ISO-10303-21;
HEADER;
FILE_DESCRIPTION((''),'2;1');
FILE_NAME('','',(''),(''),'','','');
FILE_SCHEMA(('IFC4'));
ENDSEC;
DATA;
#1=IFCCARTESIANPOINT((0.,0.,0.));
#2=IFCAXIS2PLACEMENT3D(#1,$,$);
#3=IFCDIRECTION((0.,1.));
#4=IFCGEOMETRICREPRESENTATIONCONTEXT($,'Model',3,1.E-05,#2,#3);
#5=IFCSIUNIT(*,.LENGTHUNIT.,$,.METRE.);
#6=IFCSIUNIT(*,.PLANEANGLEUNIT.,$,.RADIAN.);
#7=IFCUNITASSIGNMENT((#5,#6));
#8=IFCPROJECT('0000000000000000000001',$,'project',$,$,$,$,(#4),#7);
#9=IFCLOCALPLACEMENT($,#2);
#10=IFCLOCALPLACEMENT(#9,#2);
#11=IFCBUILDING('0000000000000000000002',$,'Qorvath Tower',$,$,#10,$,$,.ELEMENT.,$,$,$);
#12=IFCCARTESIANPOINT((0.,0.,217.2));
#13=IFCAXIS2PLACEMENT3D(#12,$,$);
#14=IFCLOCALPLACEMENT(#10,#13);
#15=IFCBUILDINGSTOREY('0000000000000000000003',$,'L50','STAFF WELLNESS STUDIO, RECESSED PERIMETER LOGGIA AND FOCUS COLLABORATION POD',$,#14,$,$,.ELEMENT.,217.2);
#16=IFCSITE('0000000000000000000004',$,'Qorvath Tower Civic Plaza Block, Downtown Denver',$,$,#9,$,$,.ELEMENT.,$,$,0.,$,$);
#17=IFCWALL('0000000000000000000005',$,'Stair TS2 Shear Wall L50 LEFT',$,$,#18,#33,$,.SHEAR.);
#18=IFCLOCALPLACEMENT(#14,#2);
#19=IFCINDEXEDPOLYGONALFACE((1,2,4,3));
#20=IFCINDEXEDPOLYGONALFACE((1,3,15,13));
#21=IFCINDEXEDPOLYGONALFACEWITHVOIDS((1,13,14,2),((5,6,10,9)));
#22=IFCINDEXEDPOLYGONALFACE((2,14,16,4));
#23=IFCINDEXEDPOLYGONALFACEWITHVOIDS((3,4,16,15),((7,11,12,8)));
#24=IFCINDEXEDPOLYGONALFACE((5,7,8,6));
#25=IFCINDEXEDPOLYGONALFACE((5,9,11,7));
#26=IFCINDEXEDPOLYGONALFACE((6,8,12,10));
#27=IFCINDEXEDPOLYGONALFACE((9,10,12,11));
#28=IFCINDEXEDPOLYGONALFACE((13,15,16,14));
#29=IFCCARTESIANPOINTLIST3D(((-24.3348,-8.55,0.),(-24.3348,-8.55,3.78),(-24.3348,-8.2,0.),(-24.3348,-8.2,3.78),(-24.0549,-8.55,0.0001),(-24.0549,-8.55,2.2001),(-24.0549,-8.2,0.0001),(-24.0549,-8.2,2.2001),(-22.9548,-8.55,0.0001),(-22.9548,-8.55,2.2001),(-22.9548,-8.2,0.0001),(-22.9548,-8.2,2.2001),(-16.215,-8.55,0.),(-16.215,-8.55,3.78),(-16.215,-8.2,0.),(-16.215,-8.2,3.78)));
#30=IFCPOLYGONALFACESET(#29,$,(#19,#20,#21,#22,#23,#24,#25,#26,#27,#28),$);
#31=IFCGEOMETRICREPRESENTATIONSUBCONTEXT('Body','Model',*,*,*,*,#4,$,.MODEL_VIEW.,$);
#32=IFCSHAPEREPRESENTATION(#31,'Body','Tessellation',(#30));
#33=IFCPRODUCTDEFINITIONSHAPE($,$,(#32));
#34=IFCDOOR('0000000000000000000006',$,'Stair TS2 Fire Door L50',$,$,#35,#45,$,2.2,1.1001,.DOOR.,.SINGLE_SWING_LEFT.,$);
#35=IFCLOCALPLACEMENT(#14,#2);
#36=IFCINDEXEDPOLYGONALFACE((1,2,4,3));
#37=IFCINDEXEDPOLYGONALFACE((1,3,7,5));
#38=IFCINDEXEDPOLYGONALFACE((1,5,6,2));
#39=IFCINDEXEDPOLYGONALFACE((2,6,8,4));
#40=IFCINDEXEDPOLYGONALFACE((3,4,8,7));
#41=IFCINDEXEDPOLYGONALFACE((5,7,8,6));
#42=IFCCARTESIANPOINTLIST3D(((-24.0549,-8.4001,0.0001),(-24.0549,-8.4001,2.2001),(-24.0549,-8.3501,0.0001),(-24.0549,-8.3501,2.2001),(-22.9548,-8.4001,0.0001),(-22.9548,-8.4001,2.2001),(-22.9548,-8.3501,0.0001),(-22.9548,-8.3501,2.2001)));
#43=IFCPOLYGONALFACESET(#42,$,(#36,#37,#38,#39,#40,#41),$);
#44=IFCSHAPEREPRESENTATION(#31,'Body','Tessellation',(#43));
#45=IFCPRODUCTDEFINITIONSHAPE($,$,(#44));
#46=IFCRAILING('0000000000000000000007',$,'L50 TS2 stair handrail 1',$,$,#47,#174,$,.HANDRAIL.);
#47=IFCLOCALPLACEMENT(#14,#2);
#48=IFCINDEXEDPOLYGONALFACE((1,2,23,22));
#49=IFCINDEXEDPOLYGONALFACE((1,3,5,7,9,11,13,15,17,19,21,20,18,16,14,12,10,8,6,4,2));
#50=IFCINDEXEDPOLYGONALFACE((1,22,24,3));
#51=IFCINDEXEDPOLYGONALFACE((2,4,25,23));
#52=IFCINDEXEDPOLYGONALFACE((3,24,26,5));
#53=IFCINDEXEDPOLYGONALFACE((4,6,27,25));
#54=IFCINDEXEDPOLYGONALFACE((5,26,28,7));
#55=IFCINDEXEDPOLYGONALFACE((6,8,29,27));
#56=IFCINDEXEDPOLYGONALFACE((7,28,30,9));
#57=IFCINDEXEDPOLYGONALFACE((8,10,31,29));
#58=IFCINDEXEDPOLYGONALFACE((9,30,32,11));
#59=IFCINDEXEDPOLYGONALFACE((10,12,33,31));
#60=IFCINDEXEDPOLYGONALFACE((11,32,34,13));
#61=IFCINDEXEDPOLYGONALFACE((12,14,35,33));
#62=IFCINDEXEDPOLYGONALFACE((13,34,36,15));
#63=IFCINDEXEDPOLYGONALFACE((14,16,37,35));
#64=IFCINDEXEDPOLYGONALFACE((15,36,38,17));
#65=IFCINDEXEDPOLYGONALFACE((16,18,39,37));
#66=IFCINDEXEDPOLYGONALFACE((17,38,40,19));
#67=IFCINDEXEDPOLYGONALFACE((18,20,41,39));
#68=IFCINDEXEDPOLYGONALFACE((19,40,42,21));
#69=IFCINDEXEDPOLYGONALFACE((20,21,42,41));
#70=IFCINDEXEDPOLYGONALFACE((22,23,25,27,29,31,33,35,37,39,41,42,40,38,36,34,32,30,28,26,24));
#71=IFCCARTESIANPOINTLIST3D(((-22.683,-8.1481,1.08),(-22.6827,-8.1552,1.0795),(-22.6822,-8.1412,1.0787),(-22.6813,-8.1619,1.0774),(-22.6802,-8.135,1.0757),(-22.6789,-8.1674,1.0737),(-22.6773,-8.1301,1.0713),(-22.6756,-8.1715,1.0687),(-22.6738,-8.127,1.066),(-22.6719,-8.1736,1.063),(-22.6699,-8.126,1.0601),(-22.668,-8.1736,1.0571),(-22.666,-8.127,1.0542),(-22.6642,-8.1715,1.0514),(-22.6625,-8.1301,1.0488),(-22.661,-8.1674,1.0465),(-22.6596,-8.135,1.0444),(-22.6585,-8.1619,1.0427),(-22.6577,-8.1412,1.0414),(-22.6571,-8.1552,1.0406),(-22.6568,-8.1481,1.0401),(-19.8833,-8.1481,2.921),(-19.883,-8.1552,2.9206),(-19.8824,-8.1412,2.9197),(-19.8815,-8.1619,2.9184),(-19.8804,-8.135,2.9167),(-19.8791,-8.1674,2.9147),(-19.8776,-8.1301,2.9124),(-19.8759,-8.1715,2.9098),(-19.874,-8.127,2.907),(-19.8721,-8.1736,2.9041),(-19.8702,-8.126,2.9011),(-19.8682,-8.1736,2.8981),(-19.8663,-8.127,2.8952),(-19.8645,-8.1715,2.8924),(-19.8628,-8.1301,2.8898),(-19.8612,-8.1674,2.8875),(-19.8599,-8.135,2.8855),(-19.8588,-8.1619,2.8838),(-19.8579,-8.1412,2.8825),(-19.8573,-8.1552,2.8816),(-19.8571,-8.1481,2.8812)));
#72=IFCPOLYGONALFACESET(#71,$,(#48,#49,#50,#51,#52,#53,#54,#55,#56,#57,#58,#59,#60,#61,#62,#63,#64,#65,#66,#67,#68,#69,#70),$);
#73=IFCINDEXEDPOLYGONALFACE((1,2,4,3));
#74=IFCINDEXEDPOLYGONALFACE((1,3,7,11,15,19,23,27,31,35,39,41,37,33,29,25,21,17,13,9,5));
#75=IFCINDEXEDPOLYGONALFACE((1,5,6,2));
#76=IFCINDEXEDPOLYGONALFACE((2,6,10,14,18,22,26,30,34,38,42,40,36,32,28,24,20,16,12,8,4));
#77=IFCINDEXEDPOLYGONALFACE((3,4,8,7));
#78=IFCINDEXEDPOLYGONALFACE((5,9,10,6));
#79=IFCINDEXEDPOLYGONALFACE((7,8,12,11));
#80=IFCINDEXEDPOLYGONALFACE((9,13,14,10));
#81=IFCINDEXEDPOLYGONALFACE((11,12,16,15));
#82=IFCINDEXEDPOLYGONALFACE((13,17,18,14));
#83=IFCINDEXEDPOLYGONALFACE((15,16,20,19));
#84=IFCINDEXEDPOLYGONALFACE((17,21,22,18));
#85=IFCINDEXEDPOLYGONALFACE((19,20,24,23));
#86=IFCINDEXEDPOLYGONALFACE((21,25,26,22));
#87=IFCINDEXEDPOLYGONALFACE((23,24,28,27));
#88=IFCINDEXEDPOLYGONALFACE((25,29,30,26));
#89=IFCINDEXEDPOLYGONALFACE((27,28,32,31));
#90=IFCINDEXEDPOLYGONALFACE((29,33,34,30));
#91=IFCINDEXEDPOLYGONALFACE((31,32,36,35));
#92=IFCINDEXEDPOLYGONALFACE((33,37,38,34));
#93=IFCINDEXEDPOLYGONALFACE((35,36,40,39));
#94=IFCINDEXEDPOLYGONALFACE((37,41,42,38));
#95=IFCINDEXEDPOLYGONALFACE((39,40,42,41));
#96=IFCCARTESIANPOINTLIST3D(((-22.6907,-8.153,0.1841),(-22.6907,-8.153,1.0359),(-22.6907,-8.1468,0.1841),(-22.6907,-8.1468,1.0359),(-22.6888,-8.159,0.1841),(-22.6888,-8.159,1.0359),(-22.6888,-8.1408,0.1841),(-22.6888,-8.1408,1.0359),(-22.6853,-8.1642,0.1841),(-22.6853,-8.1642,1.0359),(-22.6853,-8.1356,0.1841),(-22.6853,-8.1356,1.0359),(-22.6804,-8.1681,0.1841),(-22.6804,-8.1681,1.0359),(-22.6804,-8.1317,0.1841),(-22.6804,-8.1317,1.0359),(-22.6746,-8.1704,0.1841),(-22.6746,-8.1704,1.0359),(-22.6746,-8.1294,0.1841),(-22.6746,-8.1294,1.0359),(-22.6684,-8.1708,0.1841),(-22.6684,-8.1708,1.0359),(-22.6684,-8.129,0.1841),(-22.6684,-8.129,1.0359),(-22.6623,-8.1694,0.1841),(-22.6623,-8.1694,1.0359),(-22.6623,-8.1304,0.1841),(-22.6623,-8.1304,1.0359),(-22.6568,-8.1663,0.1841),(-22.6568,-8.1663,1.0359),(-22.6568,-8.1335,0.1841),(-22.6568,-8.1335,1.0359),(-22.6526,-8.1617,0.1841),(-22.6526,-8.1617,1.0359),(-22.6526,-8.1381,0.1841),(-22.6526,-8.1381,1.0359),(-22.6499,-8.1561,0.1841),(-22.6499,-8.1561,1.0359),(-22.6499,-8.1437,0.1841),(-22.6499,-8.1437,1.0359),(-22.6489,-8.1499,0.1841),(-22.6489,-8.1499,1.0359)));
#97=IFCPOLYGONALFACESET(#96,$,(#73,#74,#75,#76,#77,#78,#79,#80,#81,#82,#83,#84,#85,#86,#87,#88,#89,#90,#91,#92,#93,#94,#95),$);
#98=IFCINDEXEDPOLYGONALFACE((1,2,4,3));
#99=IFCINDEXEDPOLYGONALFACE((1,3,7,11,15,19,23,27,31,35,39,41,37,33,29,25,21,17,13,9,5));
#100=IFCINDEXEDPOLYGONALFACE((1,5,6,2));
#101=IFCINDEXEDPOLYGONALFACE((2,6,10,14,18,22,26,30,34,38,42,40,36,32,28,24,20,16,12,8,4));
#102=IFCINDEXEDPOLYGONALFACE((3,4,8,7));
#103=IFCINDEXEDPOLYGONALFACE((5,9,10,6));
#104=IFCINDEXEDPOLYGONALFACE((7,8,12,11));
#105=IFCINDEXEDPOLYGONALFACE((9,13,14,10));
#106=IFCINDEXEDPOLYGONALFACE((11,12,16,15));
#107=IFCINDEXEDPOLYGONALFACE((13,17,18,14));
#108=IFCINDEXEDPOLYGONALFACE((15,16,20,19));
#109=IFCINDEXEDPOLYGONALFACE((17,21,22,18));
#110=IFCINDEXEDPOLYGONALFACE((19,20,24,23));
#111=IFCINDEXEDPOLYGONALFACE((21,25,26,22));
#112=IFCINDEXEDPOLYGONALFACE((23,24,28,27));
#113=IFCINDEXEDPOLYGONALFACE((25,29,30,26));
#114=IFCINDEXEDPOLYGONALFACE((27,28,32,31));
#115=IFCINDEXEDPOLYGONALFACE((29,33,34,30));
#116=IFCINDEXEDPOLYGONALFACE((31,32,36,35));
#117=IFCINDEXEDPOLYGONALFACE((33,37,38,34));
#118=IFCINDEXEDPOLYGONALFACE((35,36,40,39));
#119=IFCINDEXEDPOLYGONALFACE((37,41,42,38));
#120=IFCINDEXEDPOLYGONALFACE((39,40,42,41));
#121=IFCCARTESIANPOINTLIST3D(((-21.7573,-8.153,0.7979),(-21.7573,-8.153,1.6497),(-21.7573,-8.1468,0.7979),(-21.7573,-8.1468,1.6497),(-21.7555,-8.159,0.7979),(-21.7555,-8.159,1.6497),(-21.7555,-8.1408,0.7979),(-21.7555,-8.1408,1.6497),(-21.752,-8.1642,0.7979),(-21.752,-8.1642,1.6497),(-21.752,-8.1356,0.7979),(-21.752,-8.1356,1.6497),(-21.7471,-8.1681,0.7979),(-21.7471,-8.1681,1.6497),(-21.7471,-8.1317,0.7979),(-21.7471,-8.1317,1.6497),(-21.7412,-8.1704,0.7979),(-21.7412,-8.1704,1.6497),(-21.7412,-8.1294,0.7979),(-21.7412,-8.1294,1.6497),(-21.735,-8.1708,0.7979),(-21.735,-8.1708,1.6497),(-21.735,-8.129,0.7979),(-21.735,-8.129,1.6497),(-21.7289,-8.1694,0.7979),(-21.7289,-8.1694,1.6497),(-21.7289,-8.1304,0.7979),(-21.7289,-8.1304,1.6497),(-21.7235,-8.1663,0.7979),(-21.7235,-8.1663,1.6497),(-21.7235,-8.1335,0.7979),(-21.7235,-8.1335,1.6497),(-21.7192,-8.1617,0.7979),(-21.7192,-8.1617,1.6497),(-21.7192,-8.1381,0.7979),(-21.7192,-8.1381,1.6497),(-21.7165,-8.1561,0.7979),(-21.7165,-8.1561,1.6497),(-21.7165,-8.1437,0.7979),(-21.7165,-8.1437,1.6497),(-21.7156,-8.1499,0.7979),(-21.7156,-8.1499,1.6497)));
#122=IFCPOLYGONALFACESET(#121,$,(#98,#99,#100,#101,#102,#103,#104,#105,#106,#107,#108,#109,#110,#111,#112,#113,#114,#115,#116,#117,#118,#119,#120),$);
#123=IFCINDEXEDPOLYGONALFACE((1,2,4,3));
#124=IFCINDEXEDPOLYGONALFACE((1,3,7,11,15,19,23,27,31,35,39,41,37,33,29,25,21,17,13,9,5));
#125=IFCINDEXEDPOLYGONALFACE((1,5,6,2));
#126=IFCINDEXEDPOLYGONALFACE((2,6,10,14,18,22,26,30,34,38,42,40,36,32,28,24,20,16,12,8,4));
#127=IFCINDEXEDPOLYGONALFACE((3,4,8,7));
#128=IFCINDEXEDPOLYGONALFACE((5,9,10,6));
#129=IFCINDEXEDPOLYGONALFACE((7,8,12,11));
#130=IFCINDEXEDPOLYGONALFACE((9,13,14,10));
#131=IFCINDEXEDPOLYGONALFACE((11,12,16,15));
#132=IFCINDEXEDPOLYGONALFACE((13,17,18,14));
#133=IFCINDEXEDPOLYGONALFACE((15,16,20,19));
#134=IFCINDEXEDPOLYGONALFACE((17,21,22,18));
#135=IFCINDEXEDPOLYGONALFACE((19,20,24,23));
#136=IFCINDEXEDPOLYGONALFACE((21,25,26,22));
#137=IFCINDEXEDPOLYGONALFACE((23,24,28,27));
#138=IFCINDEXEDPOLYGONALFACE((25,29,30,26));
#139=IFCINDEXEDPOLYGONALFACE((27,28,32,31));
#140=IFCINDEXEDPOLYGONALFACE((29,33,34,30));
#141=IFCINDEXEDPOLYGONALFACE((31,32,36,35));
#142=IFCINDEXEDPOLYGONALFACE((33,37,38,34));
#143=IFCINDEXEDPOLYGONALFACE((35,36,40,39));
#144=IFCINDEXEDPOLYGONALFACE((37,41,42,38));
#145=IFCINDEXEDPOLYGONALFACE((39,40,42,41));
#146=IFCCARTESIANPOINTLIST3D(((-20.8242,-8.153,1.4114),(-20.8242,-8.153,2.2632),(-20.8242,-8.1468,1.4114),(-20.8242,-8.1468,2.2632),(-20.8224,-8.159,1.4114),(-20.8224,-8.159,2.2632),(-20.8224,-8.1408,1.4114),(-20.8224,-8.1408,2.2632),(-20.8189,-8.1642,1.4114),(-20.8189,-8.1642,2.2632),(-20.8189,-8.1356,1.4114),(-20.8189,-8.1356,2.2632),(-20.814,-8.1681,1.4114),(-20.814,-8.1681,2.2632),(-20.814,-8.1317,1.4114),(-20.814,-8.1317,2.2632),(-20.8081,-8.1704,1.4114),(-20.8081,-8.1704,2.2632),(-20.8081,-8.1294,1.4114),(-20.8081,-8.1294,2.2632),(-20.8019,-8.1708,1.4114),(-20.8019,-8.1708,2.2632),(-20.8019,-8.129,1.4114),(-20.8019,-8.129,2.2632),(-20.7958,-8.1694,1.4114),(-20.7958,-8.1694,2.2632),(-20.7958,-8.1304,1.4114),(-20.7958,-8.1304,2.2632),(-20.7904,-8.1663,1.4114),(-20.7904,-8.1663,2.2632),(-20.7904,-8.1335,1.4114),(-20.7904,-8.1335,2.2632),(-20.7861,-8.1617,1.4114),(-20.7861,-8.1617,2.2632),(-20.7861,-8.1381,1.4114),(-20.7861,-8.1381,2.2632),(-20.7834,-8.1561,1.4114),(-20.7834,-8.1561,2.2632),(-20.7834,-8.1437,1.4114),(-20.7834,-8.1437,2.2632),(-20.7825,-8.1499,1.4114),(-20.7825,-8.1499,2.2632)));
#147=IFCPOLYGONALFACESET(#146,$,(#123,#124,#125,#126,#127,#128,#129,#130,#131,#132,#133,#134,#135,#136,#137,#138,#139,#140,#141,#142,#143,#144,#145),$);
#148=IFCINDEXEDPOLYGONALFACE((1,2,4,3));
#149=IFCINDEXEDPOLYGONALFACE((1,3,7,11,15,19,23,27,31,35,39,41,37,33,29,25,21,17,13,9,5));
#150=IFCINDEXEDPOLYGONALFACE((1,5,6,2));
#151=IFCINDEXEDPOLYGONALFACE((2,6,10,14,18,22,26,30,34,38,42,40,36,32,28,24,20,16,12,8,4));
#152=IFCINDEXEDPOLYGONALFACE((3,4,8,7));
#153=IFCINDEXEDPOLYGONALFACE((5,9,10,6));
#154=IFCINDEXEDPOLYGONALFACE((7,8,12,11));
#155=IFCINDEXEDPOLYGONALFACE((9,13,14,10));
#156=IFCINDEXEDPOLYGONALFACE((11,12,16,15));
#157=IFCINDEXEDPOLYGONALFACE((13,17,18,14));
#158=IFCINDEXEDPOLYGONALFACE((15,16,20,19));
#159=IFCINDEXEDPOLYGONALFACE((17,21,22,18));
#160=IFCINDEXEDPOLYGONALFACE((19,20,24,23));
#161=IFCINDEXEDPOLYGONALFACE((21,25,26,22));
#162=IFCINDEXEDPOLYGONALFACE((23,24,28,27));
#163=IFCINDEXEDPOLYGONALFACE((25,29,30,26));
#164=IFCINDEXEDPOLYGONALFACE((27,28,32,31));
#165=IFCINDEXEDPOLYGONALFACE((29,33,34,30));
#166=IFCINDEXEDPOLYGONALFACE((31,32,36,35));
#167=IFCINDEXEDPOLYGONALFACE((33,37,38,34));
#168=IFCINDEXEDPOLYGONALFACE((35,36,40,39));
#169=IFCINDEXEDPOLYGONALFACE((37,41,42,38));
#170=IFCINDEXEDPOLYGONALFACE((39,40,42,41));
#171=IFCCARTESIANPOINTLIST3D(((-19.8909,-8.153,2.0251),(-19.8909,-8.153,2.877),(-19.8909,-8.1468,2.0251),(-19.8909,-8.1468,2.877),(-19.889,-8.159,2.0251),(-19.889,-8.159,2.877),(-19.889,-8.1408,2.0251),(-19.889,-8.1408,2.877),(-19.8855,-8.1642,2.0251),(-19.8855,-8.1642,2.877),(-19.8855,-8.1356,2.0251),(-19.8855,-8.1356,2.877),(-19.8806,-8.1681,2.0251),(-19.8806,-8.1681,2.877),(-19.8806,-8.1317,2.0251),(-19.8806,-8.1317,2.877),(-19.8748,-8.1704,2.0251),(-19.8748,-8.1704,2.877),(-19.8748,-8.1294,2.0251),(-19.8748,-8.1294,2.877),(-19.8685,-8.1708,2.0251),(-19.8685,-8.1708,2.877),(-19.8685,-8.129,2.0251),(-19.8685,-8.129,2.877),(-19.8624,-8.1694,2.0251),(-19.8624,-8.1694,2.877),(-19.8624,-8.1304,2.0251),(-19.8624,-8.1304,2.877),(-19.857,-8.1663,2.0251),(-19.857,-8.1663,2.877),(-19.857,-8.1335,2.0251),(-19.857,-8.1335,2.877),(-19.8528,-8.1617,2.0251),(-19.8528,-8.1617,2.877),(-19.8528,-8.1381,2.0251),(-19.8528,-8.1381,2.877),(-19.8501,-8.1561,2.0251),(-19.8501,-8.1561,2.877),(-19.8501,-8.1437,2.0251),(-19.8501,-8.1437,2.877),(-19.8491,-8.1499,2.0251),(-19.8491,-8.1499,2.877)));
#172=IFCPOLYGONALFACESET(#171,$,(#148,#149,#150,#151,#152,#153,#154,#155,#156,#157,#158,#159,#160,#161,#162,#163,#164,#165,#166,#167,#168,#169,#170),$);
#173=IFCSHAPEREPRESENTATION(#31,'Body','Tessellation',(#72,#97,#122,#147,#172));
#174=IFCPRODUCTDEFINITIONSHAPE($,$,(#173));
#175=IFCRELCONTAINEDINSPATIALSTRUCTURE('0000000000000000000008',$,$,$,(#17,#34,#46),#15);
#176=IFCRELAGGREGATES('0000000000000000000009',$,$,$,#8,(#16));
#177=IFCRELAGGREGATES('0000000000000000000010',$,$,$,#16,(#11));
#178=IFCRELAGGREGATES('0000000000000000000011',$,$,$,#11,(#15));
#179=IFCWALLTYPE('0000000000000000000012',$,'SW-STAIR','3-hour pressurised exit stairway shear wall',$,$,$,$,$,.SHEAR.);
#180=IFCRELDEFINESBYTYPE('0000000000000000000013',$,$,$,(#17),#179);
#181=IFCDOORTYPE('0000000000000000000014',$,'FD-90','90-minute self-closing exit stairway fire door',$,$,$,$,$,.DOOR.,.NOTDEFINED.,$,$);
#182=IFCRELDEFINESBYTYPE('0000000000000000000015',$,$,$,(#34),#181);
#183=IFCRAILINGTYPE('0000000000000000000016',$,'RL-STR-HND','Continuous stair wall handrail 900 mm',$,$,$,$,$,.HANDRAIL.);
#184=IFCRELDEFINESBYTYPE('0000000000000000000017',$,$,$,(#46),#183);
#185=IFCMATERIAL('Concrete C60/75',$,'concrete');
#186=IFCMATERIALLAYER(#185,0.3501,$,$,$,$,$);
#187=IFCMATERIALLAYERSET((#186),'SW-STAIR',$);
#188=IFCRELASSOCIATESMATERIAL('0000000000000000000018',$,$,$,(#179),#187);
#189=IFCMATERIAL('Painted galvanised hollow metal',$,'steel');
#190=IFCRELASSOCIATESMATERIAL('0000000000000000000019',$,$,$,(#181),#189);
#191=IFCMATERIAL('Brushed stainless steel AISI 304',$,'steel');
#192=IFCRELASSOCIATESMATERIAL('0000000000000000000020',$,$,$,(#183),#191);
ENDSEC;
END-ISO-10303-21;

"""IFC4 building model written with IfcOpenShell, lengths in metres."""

from ifc_helpers import new_model, si_unit, direction, frame, frame_2d, origin, origin_2d, place, context, subcontext, project, spatial, rectangle, circle, extrude, material, layer, layer_set, type_object, element, fill, save


model = new_model("IFC4")

# Units and contexts
model_context = context("Model", 3, precision=1e-05, world=origin(), true_north=direction((0.0, 1.0)))
body_context = subcontext(model_context, "Body", "Model", "MODEL_VIEW")
ifc_project = project(units=[si_unit("LENGTHUNIT", "METRE"), si_unit("PLANEANGLEUNIT", "RADIAN")], contexts=[model_context])

# Site, building, storey
site_placement = place(None, origin())
site = spatial("IfcSite", under=ifc_project, at=site_placement, Name="Qorvath Tower Civic Plaza Block, Downtown Denver", CompositionType="ELEMENT", RefElevation=0.0)
building_placement = place(site_placement, origin())
building = spatial("IfcBuilding", under=site, at=building_placement, Name="Qorvath Tower", CompositionType="ELEMENT")
storey_placement = place(building_placement, frame((0.0, 0.0, 217.2)))
storey = spatial("IfcBuildingStorey", under=building, at=storey_placement, Name="L50", Description="STAFF WELLNESS STUDIO, RECESSED PERIMETER LOGGIA AND FOCUS COLLABORATION POD", CompositionType="ELEMENT", Elevation=217.2)

# Wall, opening, door
ifc_material_1 = material(Name="Concrete C60/75", Category="concrete")
ifc_layer_1 = layer(ifc_material_1, 0.3501)
ifc_layer_set_1 = layer_set([ifc_layer_1], Name="SW-STAIR")
wall_type_1 = type_object("IfcWallType", Name="SW-STAIR", Description="3-hour pressurised exit stairway shear wall", PredefinedType="SHEAR", material=ifc_layer_set_1)
wall_1_placement = place(storey_placement, frame((-24.335, -8.375, 0.0), z_axis=(0.0, 0.0, 1.0), x_axis=(1.0, 0.0, 0.0)))
wall_1 = element("IfcWall", 1, at=wall_1_placement, inside=storey, type_object=wall_type_1, Name="Stair TS2 Shear Wall L50 LEFT", PredefinedType="SHEAR", context=body_context, shape_type="SweptSolid", body=[
    extrude(rectangle(XDim=8.1199, YDim=0.3501, at=frame_2d((4.0601, 0.0))), origin(), (0.0, 0.0, 1.0), 3.78),
])
opening_1_placement = place(wall_1_placement, frame((0.28, 0.0, 0.0)))
opening_1 = element("IfcOpeningElement", 2, at=opening_1_placement, cuts=wall_1, PredefinedType="OPENING", context=body_context, shape_type="SweptSolid", body=[
    extrude(rectangle(XDim=1.1001, YDim=2.2, at=frame_2d((0.55, 1.1001))), frame((0.0, 0.1851, 0.0), z_axis=(0.0, -1.0, 0.0), x_axis=(1.0, 0.0, 0.0)), (0.0, 0.0, 1.0), 0.3701),
])
ifc_material_2 = material(Name="Painted galvanised hollow metal", Category="steel")
door_type_1 = type_object("IfcDoorType", Name="FD-90", Description="90-minute self-closing exit stairway fire door", OperationType="NOTDEFINED", PredefinedType="DOOR", material=ifc_material_2)
door_1_placement = place(opening_1_placement, origin())
door_1 = element("IfcDoor", 3, at=door_1_placement, inside=storey, type_object=door_type_1, Name="Stair TS2 Fire Door L50", OperationType="SINGLE_SWING_LEFT", OverallHeight=2.2, OverallWidth=1.1001, PredefinedType="DOOR", context=body_context, shape_type="SweptSolid", body=[
    extrude(rectangle(XDim=1.1001, YDim=2.2, at=frame_2d((0.55, 1.1001))), frame((0.0, 0.0249, 0.0), z_axis=(0.0, -1.0, 0.0), x_axis=(1.0, 0.0, 0.0)), (0.0, 0.0, 1.0), 0.05),
])
fill(opening_1, door_1)

# Railing
ifc_material_3 = material(Name="Brushed stainless steel AISI 304", Category="steel")
railing_type = type_object("IfcRailingType", Name="RL-STR-HND", Description="Continuous stair wall handrail 900 mm", PredefinedType="HANDRAIL", material=ifc_material_3)
railing_placement = place(storey_placement, frame((-22.6699, -8.1499, 0.1841)))
element("IfcRailing", 4, at=railing_placement, inside=storey, type_object=railing_type, Name="L50 TS2 stair handrail 1", PredefinedType="HANDRAIL", context=body_context, shape_type="SweptSolid", body=[
    extrude(circle(Radius=0.0239, at=origin_2d()), frame((0.0, 0.0, 0.876), z_axis=(0.835542, 0.0, 0.549426), x_axis=(0.0, 1.0, 0.0)), (0.0, 0.0, 1.0), 3.3508),
    extrude(circle(Radius=0.021, at=origin_2d()), origin(), (0.0, 0.0, 1.0), 0.8518),
    extrude(circle(Radius=0.021, at=origin_2d()), frame((0.9333, 0.0, 0.6138)), (0.0, 0.0, 1.0), 0.8518),
    extrude(circle(Radius=0.021, at=origin_2d()), frame((1.8665, 0.0, 1.2273)), (0.0, 0.0, 1.0), 0.8518),
    extrude(circle(Radius=0.021, at=origin_2d()), frame((2.7998, 0.0, 1.8411)), (0.0, 0.0, 1.0), 0.8518),
])

save(model, "model.ifc")
